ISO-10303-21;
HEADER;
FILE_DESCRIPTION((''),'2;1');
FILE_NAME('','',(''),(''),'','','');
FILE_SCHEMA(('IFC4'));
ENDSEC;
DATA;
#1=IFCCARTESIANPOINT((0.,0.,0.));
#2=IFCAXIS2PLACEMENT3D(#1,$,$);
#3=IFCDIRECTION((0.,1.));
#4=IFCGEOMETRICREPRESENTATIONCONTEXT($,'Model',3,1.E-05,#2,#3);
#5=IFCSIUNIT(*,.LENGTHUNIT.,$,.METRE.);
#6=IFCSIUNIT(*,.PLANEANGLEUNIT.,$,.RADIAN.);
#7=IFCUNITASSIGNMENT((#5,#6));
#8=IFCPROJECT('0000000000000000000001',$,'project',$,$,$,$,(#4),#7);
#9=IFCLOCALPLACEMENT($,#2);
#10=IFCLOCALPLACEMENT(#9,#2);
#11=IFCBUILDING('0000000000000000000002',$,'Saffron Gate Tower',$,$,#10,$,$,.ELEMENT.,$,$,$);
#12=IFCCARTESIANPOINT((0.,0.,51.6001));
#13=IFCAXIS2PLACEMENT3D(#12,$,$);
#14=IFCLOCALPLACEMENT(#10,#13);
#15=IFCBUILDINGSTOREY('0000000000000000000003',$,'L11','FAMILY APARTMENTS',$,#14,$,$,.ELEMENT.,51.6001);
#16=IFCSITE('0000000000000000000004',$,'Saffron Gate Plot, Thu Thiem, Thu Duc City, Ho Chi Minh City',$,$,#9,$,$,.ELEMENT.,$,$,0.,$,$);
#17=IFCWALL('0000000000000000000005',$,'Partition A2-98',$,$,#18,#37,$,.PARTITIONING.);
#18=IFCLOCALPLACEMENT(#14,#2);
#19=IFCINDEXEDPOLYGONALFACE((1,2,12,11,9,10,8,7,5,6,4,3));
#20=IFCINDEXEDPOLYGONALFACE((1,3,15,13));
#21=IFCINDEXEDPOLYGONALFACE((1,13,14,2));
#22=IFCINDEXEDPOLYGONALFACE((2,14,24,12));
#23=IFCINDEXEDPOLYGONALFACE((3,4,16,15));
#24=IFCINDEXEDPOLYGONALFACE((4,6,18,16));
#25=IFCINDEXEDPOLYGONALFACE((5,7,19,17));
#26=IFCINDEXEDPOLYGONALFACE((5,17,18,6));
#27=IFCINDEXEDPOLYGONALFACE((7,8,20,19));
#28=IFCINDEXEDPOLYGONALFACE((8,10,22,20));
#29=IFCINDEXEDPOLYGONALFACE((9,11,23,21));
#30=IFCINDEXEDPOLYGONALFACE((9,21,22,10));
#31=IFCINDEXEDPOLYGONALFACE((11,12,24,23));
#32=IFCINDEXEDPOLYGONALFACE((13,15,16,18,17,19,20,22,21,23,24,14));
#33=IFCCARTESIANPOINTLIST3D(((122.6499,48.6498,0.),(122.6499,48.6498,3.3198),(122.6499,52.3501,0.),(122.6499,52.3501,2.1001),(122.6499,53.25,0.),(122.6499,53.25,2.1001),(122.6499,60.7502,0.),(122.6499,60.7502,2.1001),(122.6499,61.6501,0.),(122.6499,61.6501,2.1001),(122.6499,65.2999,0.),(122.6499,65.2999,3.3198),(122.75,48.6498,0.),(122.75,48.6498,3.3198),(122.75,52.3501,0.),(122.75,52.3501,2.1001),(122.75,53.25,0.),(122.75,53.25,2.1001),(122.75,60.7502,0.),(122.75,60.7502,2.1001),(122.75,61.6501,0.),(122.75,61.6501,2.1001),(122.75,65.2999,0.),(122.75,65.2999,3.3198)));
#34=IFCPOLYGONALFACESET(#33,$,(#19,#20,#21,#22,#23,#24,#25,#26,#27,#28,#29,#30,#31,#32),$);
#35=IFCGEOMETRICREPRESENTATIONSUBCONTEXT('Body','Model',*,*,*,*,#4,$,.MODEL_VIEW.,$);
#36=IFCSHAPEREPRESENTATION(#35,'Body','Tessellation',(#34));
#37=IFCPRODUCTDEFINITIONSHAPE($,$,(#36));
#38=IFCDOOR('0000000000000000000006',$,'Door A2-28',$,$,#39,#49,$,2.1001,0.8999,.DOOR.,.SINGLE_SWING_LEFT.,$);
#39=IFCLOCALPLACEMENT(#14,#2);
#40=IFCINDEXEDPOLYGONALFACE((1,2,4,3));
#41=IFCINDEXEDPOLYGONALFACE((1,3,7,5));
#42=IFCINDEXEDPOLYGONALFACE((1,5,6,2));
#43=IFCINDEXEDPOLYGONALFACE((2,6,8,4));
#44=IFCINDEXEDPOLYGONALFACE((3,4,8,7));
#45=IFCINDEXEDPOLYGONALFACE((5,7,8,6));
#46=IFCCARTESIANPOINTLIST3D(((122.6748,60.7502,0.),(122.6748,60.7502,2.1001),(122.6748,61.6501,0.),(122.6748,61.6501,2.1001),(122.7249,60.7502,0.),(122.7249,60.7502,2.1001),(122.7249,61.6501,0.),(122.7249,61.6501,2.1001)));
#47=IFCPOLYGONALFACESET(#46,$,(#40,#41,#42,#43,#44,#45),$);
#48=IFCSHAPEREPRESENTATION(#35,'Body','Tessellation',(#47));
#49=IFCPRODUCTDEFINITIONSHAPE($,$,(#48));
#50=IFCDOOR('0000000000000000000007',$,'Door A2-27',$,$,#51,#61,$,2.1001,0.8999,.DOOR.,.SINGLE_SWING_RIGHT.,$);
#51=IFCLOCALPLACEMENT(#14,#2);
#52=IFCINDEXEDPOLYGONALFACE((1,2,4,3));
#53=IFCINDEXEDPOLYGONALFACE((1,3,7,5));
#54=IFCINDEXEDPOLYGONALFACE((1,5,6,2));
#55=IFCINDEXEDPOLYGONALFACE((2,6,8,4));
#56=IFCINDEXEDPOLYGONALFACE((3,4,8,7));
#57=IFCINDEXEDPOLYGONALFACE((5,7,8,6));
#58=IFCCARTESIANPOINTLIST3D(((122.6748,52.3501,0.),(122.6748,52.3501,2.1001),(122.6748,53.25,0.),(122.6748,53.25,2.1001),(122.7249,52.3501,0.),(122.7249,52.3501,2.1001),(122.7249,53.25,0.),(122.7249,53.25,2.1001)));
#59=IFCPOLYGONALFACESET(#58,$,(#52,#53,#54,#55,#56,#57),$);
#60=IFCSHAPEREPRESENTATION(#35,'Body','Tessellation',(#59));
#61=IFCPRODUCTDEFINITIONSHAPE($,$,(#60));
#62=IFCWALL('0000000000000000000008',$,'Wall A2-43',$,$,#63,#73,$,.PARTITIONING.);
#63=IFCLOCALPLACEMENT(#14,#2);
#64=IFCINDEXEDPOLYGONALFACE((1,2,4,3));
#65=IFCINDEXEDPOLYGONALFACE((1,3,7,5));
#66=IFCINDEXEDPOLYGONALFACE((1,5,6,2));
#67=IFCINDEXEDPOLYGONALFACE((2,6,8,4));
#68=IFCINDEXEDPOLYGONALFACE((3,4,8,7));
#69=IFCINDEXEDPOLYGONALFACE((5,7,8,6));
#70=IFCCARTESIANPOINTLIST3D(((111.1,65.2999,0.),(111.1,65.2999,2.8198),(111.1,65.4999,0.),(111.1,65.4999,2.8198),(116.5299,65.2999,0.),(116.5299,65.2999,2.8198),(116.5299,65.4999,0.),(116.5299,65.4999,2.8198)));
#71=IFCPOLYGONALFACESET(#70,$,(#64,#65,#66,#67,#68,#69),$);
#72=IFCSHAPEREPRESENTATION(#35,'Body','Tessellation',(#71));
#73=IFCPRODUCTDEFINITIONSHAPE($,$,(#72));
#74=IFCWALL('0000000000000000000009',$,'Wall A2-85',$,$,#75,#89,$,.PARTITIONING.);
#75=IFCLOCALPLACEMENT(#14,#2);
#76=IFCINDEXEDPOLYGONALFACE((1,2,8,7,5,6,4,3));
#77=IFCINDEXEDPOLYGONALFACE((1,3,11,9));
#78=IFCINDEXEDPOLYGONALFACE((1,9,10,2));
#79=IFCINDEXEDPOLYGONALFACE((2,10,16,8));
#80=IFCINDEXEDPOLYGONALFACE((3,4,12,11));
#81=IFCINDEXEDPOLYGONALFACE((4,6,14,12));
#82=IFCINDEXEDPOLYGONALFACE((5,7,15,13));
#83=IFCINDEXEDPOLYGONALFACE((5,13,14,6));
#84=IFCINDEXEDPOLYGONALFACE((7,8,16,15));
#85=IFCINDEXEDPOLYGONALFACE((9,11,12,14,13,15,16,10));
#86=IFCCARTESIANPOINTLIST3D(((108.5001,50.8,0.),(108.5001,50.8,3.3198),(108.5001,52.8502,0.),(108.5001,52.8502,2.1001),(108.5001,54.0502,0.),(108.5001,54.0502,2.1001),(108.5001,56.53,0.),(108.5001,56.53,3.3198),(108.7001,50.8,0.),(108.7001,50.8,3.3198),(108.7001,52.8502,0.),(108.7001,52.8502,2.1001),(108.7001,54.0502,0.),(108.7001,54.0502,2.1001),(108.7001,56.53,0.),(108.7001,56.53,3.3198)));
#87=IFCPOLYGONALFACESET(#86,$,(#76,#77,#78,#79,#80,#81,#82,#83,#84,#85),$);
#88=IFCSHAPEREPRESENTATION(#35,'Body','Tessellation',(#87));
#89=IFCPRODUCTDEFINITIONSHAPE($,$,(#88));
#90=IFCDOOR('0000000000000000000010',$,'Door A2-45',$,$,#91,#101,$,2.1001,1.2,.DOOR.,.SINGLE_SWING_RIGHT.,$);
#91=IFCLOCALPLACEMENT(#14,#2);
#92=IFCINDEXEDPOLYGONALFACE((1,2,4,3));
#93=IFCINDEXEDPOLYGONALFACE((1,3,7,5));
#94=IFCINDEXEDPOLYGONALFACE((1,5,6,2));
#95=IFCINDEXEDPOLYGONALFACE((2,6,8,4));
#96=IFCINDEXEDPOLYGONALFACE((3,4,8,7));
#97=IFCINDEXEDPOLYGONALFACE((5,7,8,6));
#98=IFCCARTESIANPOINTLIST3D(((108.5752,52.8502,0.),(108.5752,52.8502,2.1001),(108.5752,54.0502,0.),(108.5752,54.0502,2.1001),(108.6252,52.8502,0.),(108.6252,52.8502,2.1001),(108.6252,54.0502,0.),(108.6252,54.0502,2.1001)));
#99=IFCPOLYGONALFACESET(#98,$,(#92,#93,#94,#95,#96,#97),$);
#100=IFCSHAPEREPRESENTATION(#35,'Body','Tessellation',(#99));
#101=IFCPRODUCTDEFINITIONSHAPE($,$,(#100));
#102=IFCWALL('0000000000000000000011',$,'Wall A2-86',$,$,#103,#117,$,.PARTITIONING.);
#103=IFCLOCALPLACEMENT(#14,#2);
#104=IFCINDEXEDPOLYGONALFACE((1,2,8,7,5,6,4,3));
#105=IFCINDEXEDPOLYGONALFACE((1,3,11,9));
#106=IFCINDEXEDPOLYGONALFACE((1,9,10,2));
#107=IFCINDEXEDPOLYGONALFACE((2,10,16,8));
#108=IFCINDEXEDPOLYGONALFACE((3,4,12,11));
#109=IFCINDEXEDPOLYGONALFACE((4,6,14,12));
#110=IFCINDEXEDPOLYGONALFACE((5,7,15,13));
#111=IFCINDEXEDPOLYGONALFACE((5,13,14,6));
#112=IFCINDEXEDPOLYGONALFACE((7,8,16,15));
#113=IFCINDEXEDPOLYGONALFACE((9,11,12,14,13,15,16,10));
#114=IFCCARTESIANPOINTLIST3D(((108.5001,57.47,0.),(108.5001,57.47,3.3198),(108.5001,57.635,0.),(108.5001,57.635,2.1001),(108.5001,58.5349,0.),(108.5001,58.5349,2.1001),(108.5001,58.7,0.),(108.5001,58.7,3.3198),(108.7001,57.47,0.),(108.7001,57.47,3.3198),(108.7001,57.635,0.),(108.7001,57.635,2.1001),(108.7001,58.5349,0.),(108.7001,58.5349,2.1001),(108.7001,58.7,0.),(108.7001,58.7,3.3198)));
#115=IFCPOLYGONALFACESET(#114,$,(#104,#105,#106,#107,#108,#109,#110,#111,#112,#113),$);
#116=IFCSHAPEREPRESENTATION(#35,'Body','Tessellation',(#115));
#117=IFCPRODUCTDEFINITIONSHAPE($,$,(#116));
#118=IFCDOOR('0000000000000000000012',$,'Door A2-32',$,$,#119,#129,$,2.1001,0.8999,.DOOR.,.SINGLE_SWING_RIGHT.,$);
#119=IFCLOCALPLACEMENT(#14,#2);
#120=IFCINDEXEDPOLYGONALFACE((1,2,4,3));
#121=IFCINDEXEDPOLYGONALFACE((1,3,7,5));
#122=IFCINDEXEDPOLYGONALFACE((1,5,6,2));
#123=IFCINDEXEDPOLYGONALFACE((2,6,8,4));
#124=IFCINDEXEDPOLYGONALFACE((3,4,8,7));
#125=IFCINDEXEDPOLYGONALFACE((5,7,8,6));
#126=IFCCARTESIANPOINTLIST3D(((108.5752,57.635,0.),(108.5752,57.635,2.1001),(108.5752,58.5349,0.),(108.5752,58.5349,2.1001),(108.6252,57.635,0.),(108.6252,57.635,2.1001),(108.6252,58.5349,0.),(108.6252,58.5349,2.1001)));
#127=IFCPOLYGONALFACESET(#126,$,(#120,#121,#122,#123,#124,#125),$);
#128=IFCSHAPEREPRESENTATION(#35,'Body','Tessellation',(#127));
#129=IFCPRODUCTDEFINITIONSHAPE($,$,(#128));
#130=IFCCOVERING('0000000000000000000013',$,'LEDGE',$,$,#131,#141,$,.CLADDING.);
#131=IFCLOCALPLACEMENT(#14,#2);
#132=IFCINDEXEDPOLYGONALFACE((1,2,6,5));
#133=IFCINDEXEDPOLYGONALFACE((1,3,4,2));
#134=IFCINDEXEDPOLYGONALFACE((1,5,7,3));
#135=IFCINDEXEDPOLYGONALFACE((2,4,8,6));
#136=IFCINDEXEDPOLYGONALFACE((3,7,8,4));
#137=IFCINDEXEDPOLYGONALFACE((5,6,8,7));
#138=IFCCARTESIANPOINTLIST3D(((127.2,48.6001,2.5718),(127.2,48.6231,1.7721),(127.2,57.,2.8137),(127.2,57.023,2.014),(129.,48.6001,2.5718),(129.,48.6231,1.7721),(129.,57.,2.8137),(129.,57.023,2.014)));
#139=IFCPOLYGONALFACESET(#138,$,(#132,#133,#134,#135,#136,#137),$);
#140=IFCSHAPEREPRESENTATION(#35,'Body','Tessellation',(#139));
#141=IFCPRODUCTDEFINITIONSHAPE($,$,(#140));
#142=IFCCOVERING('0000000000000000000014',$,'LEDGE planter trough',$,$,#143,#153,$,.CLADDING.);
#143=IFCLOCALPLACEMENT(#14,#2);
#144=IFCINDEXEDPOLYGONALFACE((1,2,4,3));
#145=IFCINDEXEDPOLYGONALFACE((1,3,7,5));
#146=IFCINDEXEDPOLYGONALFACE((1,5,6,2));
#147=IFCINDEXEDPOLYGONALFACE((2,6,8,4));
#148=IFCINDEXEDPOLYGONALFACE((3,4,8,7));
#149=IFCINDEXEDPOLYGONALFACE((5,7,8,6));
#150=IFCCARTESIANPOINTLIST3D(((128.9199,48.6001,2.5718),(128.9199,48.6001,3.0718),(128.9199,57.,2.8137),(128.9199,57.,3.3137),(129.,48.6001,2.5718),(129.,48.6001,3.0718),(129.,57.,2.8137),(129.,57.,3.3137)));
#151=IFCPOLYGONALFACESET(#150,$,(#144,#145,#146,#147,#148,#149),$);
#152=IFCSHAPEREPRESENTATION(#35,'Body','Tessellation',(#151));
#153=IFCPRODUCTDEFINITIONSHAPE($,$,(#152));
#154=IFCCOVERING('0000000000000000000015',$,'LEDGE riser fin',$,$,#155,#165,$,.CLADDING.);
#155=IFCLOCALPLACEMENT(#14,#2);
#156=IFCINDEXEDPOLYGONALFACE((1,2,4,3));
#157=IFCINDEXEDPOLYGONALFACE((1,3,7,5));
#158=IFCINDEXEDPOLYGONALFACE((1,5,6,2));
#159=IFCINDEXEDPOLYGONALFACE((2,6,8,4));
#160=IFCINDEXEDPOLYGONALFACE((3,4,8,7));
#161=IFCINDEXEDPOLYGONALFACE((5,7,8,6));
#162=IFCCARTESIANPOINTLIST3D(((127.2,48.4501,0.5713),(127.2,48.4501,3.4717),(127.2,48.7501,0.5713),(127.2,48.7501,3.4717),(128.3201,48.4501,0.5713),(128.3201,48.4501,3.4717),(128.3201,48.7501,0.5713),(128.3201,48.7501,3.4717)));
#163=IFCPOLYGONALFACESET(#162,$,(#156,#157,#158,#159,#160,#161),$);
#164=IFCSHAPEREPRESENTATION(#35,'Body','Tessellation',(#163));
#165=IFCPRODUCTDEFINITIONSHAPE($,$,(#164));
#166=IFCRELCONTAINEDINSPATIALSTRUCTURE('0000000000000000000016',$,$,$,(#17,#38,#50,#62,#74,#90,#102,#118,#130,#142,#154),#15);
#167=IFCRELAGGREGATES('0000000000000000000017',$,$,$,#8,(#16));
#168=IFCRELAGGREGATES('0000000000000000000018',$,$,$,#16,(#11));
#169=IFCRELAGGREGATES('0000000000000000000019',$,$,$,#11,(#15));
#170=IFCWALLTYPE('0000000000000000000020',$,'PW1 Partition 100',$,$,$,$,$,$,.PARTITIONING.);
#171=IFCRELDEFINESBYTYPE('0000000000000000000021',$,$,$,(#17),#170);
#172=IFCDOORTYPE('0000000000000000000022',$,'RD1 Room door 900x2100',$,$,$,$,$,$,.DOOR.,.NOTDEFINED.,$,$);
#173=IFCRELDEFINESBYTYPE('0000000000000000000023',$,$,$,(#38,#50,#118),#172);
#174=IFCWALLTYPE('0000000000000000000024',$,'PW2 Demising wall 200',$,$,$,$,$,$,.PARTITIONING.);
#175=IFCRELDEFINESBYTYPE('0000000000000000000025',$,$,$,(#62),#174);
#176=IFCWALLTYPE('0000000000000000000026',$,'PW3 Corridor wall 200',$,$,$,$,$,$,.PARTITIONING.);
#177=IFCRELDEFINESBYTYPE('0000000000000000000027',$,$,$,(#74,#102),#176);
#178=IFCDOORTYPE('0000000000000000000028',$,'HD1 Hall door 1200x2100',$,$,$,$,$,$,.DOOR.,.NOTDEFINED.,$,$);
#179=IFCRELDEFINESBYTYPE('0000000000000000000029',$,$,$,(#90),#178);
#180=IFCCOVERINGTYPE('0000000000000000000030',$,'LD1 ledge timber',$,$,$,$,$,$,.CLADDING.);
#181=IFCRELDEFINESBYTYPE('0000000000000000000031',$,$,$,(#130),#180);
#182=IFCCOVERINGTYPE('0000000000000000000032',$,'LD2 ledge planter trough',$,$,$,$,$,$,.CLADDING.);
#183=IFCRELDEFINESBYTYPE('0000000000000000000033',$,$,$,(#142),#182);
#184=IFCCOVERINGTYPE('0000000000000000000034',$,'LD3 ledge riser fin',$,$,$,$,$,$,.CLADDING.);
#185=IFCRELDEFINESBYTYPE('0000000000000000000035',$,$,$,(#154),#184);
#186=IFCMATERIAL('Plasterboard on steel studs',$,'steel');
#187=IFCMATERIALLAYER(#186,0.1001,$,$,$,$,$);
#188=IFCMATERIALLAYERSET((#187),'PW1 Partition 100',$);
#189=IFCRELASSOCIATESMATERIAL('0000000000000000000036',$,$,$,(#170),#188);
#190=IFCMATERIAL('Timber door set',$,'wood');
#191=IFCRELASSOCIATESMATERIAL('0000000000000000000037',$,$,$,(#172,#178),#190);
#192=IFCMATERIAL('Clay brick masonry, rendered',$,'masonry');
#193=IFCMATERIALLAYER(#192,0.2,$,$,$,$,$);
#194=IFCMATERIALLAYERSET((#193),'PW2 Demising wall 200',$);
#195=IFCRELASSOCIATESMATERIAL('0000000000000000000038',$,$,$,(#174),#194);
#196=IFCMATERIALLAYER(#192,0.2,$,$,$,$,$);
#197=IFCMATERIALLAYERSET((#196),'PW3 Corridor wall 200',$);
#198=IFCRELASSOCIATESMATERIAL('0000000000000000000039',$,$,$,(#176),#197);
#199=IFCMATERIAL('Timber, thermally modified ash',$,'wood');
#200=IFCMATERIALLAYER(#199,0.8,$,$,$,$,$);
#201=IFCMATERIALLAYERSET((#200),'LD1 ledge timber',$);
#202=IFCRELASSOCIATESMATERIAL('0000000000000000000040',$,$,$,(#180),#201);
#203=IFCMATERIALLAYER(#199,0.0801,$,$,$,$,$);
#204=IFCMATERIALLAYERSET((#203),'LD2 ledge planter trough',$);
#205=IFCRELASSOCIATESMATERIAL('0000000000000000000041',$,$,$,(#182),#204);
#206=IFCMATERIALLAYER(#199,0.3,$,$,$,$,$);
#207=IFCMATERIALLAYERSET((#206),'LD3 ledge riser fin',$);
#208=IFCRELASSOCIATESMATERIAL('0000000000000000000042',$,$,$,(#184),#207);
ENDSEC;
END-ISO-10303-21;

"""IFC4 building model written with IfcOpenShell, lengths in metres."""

from ifc_helpers import new_model, si_unit, direction, frame, frame_2d, origin, origin_2d, place, context, subcontext, project, spatial, polyline, rectangle, outline, extrude, material, layer, layer_set, type_object, element, fill, save


model = new_model("IFC4")

# Units and contexts
model_context = context("Model", 3, precision=1e-05, world=origin(), true_north=direction((0.0, 1.0)))
body_context = subcontext(model_context, "Body", "Model", "MODEL_VIEW")
ifc_project = project(units=[si_unit("LENGTHUNIT", "METRE"), si_unit("PLANEANGLEUNIT", "RADIAN")], contexts=[model_context])

# Site, building, storey
site_placement = place(None, origin())
site = spatial("IfcSite", under=ifc_project, at=site_placement, Name="Saffron Gate Plot, Thu Thiem, Thu Duc City, Ho Chi Minh City", CompositionType="ELEMENT", RefElevation=0.0)
building_placement = place(site_placement, origin())
building = spatial("IfcBuilding", under=site, at=building_placement, Name="Saffron Gate Tower", CompositionType="ELEMENT")
storey_placement = place(building_placement, frame((0.0, 0.0, 51.6001)))
storey = spatial("IfcBuildingStorey", under=building, at=storey_placement, Name="L11", Description="FAMILY APARTMENTS", CompositionType="ELEMENT", Elevation=51.6001)

# Shared definitions
ifc_material_1 = material(Name="Plasterboard on steel studs", Category="steel")
ifc_layer_1 = layer(ifc_material_1, 0.1001)
ifc_layer_set_1 = layer_set([ifc_layer_1], Name="PW1 Partition 100")
wall_type_1 = type_object("IfcWallType", Name="PW1 Partition 100", PredefinedType="PARTITIONING", material=ifc_layer_set_1)

# Shared definitions
ifc_material_2 = material(Name="Timber door set", Category="wood")

# Wall, openings, doors
door_type_1 = type_object("IfcDoorType", Name="RD1 Room door 900x2100", OperationType="NOTDEFINED", PredefinedType="DOOR", material=ifc_material_2)
wall_1_placement = place(storey_placement, frame((122.7, 65.3, 0.0), z_axis=(0.0, 0.0, 1.0), x_axis=(0.0, -1.0, 0.0)))
wall_1 = element("IfcWall", 1, at=wall_1_placement, inside=storey, type_object=wall_type_1, Name="Partition A2-98", PredefinedType="PARTITIONING", context=body_context, shape_type="SweptSolid", body=[
    extrude(rectangle(XDim=16.6501, YDim=0.1001, at=frame_2d((8.3252, 0.0))), origin(), (0.0, 0.0, 1.0), 3.3198),
])
opening_1_placement = place(wall_1_placement, frame((3.6499, 0.0, 0.0)))
opening_1 = element("IfcOpeningElement", 2, at=opening_1_placement, cuts=wall_1, PredefinedType="OPENING", context=body_context, shape_type="SweptSolid", body=[
    extrude(rectangle(XDim=0.8999, YDim=2.1001, at=frame_2d((0.45, 1.05))), frame((0.0, 0.0601, 0.0), z_axis=(0.0, -1.0, 0.0), x_axis=(1.0, 0.0, 0.0)), (0.0, 0.0, 1.0), 0.1201),
])
opening_2_placement = place(wall_1_placement, frame((12.05, 0.0, 0.0)))
opening_2 = element("IfcOpeningElement", 3, at=opening_2_placement, cuts=wall_1, PredefinedType="OPENING", context=body_context, shape_type="SweptSolid", body=[
    extrude(rectangle(XDim=0.8999, YDim=2.1001, at=frame_2d((0.45, 1.05))), frame((0.0, 0.0601, 0.0), z_axis=(0.0, -1.0, 0.0), x_axis=(1.0, 0.0, 0.0)), (0.0, 0.0, 1.0), 0.1201),
])
door_1_placement = place(opening_1_placement, origin())
door_1 = element("IfcDoor", 4, at=door_1_placement, inside=storey, type_object=door_type_1, Name="Door A2-28", OperationType="SINGLE_SWING_LEFT", OverallHeight=2.1001, OverallWidth=0.8999, PredefinedType="DOOR", context=body_context, shape_type="SweptSolid", body=[
    extrude(rectangle(XDim=0.8999, YDim=2.1001, at=frame_2d((0.45, 1.05))), frame((0.0, 0.0249, 0.0), z_axis=(0.0, -1.0, 0.0), x_axis=(1.0, 0.0, 0.0)), (0.0, 0.0, 1.0), 0.05),
])
fill(opening_1, door_1)
door_2_placement = place(opening_2_placement, origin())
door_2 = element("IfcDoor", 5, at=door_2_placement, inside=storey, type_object=door_type_1, Name="Door A2-27", OperationType="SINGLE_SWING_RIGHT", OverallHeight=2.1001, OverallWidth=0.8999, PredefinedType="DOOR", context=body_context, shape_type="SweptSolid", body=[
    extrude(rectangle(XDim=0.8999, YDim=2.1001, at=frame_2d((0.45, 1.05))), frame((0.0, 0.0249, 0.0), z_axis=(0.0, -1.0, 0.0), x_axis=(1.0, 0.0, 0.0)), (0.0, 0.0, 1.0), 0.05),
])
fill(opening_2, door_2)

# Wall
ifc_material_3 = material(Name="Clay brick masonry, rendered", Category="masonry")
ifc_layer_2 = layer(ifc_material_3, 0.2)
ifc_layer_set_2 = layer_set([ifc_layer_2], Name="PW2 Demising wall 200")
wall_type_2 = type_object("IfcWallType", Name="PW2 Demising wall 200", PredefinedType="PARTITIONING", material=ifc_layer_set_2)
wall_2_placement = place(storey_placement, frame((111.1001, 65.3999, 0.0), z_axis=(0.0, 0.0, 1.0), x_axis=(1.0, 0.0, 0.0)))
element("IfcWall", 6, at=wall_2_placement, inside=storey, type_object=wall_type_2, Name="Wall A2-43", PredefinedType="PARTITIONING", context=body_context, shape_type="SweptSolid", body=[
    extrude(rectangle(XDim=5.4299, YDim=0.2, at=frame_2d((2.7148, 0.0))), origin(), (0.0, 0.0, 1.0), 2.8198),
])

# Walls, openings, doors
ifc_layer_3 = layer(ifc_material_3, 0.2)
ifc_layer_set_3 = layer_set([ifc_layer_3], Name="PW3 Corridor wall 200")
wall_type_3 = type_object("IfcWallType", Name="PW3 Corridor wall 200", PredefinedType="PARTITIONING", material=ifc_layer_set_3)
wall_3_placement = place(storey_placement, frame((108.6001, 50.8, 0.0), z_axis=(0.0, 0.0, 1.0), x_axis=(0.0, 1.0, 0.0)))
wall_3 = element("IfcWall", 7, at=wall_3_placement, inside=storey, type_object=wall_type_3, Name="Wall A2-85", PredefinedType="PARTITIONING", context=body_context, shape_type="SweptSolid", body=[
    extrude(rectangle(XDim=5.73, YDim=0.2, at=frame_2d((2.865, 0.0))), origin(), (0.0, 0.0, 1.0), 3.3198),
])
opening_3_placement = place(wall_3_placement, frame((2.05, 0.0, 0.0)))
opening_3 = element("IfcOpeningElement", 8, at=opening_3_placement, cuts=wall_3, PredefinedType="OPENING", context=body_context, shape_type="SweptSolid", body=[
    extrude(rectangle(XDim=1.2, YDim=2.1001, at=frame_2d((0.6001, 1.05))), frame((0.0, 0.1099, 0.0), z_axis=(0.0, -1.0, 0.0), x_axis=(1.0, 0.0, 0.0)), (0.0, 0.0, 1.0), 0.22),
])
door_type_2 = type_object("IfcDoorType", Name="HD1 Hall door 1200x2100", OperationType="NOTDEFINED", PredefinedType="DOOR", material=ifc_material_2)
door_3_placement = place(opening_3_placement, origin())
door_3 = element("IfcDoor", 9, at=door_3_placement, inside=storey, type_object=door_type_2, Name="Door A2-45", OperationType="SINGLE_SWING_RIGHT", OverallHeight=2.1001, OverallWidth=1.2, PredefinedType="DOOR", context=body_context, shape_type="SweptSolid", body=[
    extrude(rectangle(XDim=1.2, YDim=2.1001, at=frame_2d((0.6001, 1.05))), frame((0.0, 0.0249, 0.0), z_axis=(0.0, -1.0, 0.0), x_axis=(1.0, 0.0, 0.0)), (0.0, 0.0, 1.0), 0.05),
])
fill(opening_3, door_3)
wall_4_placement = place(storey_placement, frame((108.6001, 57.47, 0.0), z_axis=(0.0, 0.0, 1.0), x_axis=(0.0, 1.0, 0.0)))
wall_4 = element("IfcWall", 10, at=wall_4_placement, inside=storey, type_object=wall_type_3, Name="Wall A2-86", PredefinedType="PARTITIONING", context=body_context, shape_type="SweptSolid", body=[
    extrude(rectangle(XDim=1.23, YDim=0.2, at=frame_2d((0.615, 0.0))), origin(), (0.0, 0.0, 1.0), 3.3198),
])
opening_4_placement = place(wall_4_placement, frame((0.165, 0.0, 0.0)))
opening_4 = element("IfcOpeningElement", 11, at=opening_4_placement, cuts=wall_4, PredefinedType="OPENING", context=body_context, shape_type="SweptSolid", body=[
    extrude(rectangle(XDim=0.8999, YDim=2.1001, at=frame_2d((0.45, 1.05))), frame((0.0, 0.1099, 0.0), z_axis=(0.0, -1.0, 0.0), x_axis=(1.0, 0.0, 0.0)), (0.0, 0.0, 1.0), 0.22),
])
door_4_placement = place(opening_4_placement, origin())
door_4 = element("IfcDoor", 12, at=door_4_placement, inside=storey, type_object=door_type_1, Name="Door A2-32", OperationType="SINGLE_SWING_RIGHT", OverallHeight=2.1001, OverallWidth=0.8999, PredefinedType="DOOR", context=body_context, shape_type="SweptSolid", body=[
    extrude(rectangle(XDim=0.8999, YDim=2.1001, at=frame_2d((0.45, 1.05))), frame((0.0, 0.0249, 0.0), z_axis=(0.0, -1.0, 0.0), x_axis=(1.0, 0.0, 0.0)), (0.0, 0.0, 1.0), 0.05),
])
fill(opening_4, door_4)

# Coverings
ifc_material_4 = material(Name="Timber, thermally modified ash", Category="wood")
ifc_layer_4 = layer(ifc_material_4, 0.8)
ifc_layer_set_4 = layer_set([ifc_layer_4], Name="LD1 ledge timber")
covering_type_1 = type_object("IfcCoveringType", Name="LD1 ledge timber", PredefinedType="CLADDING", material=ifc_layer_set_4)
covering_1_placement = place(storey_placement, frame((127.2, 48.6001, 2.5718), z_axis=(0.0, -0.028791, 0.999585), x_axis=(0.0, 0.999585, 0.028791)))
element("IfcCovering", 13, at=covering_1_placement, inside=storey, type_object=covering_type_1, Name="LEDGE", PredefinedType="CLADDING", context=body_context, shape_type="SweptSolid", body=[
    extrude(outline(polyline([(0.0, 0.0), (8.4034, 0.0), (8.4034, -1.8), (0.0, -1.8), (0.0, 0.0)])), origin(), (0.0, 0.0, -1.0), 0.8),
])
ifc_layer_5 = layer(ifc_material_4, 0.0801)
ifc_layer_set_5 = layer_set([ifc_layer_5], Name="LD2 ledge planter trough")
covering_type_2 = type_object("IfcCoveringType", Name="LD2 ledge planter trough", PredefinedType="CLADDING", material=ifc_layer_set_5)
covering_2_placement = place(storey_placement, frame((129.0, 48.6001, 2.5718), z_axis=(1.0, 0.0, 0.0), x_axis=(0.0, 0.999585, 0.028791)))
element("IfcCovering", 14, at=covering_2_placement, inside=storey, type_object=covering_type_2, Name="LEDGE planter trough", PredefinedType="CLADDING", context=body_context, shape_type="SweptSolid", body=[
    extrude(outline(polyline([(0.0, 0.0), (8.4034, 0.0), (8.4178, 0.4998), (0.0144, 0.4998), (0.0, 0.0)])), origin(), (0.0, 0.0, -1.0), 0.0801),
])
ifc_layer_6 = layer(ifc_material_4, 0.3)
ifc_layer_set_6 = layer_set([ifc_layer_6], Name="LD3 ledge riser fin")
covering_type_3 = type_object("IfcCoveringType", Name="LD3 ledge riser fin", PredefinedType="CLADDING", material=ifc_layer_set_6)
covering_3_placement = place(storey_placement, frame((127.76, 48.6001, 0.5713), z_axis=(0.0, 0.0, 1.0), x_axis=(0.0, 1.0, 0.0)))
element("IfcCovering", 15, at=covering_3_placement, inside=storey, type_object=covering_type_3, Name="LEDGE riser fin", PredefinedType="CLADDING", context=body_context, shape_type="SweptSolid", body=[
    extrude(rectangle(XDim=0.3, YDim=1.1201, at=origin_2d()), origin(), (0.0, 0.0, 1.0), 2.9004),
])

save(model, "model.ifc")
